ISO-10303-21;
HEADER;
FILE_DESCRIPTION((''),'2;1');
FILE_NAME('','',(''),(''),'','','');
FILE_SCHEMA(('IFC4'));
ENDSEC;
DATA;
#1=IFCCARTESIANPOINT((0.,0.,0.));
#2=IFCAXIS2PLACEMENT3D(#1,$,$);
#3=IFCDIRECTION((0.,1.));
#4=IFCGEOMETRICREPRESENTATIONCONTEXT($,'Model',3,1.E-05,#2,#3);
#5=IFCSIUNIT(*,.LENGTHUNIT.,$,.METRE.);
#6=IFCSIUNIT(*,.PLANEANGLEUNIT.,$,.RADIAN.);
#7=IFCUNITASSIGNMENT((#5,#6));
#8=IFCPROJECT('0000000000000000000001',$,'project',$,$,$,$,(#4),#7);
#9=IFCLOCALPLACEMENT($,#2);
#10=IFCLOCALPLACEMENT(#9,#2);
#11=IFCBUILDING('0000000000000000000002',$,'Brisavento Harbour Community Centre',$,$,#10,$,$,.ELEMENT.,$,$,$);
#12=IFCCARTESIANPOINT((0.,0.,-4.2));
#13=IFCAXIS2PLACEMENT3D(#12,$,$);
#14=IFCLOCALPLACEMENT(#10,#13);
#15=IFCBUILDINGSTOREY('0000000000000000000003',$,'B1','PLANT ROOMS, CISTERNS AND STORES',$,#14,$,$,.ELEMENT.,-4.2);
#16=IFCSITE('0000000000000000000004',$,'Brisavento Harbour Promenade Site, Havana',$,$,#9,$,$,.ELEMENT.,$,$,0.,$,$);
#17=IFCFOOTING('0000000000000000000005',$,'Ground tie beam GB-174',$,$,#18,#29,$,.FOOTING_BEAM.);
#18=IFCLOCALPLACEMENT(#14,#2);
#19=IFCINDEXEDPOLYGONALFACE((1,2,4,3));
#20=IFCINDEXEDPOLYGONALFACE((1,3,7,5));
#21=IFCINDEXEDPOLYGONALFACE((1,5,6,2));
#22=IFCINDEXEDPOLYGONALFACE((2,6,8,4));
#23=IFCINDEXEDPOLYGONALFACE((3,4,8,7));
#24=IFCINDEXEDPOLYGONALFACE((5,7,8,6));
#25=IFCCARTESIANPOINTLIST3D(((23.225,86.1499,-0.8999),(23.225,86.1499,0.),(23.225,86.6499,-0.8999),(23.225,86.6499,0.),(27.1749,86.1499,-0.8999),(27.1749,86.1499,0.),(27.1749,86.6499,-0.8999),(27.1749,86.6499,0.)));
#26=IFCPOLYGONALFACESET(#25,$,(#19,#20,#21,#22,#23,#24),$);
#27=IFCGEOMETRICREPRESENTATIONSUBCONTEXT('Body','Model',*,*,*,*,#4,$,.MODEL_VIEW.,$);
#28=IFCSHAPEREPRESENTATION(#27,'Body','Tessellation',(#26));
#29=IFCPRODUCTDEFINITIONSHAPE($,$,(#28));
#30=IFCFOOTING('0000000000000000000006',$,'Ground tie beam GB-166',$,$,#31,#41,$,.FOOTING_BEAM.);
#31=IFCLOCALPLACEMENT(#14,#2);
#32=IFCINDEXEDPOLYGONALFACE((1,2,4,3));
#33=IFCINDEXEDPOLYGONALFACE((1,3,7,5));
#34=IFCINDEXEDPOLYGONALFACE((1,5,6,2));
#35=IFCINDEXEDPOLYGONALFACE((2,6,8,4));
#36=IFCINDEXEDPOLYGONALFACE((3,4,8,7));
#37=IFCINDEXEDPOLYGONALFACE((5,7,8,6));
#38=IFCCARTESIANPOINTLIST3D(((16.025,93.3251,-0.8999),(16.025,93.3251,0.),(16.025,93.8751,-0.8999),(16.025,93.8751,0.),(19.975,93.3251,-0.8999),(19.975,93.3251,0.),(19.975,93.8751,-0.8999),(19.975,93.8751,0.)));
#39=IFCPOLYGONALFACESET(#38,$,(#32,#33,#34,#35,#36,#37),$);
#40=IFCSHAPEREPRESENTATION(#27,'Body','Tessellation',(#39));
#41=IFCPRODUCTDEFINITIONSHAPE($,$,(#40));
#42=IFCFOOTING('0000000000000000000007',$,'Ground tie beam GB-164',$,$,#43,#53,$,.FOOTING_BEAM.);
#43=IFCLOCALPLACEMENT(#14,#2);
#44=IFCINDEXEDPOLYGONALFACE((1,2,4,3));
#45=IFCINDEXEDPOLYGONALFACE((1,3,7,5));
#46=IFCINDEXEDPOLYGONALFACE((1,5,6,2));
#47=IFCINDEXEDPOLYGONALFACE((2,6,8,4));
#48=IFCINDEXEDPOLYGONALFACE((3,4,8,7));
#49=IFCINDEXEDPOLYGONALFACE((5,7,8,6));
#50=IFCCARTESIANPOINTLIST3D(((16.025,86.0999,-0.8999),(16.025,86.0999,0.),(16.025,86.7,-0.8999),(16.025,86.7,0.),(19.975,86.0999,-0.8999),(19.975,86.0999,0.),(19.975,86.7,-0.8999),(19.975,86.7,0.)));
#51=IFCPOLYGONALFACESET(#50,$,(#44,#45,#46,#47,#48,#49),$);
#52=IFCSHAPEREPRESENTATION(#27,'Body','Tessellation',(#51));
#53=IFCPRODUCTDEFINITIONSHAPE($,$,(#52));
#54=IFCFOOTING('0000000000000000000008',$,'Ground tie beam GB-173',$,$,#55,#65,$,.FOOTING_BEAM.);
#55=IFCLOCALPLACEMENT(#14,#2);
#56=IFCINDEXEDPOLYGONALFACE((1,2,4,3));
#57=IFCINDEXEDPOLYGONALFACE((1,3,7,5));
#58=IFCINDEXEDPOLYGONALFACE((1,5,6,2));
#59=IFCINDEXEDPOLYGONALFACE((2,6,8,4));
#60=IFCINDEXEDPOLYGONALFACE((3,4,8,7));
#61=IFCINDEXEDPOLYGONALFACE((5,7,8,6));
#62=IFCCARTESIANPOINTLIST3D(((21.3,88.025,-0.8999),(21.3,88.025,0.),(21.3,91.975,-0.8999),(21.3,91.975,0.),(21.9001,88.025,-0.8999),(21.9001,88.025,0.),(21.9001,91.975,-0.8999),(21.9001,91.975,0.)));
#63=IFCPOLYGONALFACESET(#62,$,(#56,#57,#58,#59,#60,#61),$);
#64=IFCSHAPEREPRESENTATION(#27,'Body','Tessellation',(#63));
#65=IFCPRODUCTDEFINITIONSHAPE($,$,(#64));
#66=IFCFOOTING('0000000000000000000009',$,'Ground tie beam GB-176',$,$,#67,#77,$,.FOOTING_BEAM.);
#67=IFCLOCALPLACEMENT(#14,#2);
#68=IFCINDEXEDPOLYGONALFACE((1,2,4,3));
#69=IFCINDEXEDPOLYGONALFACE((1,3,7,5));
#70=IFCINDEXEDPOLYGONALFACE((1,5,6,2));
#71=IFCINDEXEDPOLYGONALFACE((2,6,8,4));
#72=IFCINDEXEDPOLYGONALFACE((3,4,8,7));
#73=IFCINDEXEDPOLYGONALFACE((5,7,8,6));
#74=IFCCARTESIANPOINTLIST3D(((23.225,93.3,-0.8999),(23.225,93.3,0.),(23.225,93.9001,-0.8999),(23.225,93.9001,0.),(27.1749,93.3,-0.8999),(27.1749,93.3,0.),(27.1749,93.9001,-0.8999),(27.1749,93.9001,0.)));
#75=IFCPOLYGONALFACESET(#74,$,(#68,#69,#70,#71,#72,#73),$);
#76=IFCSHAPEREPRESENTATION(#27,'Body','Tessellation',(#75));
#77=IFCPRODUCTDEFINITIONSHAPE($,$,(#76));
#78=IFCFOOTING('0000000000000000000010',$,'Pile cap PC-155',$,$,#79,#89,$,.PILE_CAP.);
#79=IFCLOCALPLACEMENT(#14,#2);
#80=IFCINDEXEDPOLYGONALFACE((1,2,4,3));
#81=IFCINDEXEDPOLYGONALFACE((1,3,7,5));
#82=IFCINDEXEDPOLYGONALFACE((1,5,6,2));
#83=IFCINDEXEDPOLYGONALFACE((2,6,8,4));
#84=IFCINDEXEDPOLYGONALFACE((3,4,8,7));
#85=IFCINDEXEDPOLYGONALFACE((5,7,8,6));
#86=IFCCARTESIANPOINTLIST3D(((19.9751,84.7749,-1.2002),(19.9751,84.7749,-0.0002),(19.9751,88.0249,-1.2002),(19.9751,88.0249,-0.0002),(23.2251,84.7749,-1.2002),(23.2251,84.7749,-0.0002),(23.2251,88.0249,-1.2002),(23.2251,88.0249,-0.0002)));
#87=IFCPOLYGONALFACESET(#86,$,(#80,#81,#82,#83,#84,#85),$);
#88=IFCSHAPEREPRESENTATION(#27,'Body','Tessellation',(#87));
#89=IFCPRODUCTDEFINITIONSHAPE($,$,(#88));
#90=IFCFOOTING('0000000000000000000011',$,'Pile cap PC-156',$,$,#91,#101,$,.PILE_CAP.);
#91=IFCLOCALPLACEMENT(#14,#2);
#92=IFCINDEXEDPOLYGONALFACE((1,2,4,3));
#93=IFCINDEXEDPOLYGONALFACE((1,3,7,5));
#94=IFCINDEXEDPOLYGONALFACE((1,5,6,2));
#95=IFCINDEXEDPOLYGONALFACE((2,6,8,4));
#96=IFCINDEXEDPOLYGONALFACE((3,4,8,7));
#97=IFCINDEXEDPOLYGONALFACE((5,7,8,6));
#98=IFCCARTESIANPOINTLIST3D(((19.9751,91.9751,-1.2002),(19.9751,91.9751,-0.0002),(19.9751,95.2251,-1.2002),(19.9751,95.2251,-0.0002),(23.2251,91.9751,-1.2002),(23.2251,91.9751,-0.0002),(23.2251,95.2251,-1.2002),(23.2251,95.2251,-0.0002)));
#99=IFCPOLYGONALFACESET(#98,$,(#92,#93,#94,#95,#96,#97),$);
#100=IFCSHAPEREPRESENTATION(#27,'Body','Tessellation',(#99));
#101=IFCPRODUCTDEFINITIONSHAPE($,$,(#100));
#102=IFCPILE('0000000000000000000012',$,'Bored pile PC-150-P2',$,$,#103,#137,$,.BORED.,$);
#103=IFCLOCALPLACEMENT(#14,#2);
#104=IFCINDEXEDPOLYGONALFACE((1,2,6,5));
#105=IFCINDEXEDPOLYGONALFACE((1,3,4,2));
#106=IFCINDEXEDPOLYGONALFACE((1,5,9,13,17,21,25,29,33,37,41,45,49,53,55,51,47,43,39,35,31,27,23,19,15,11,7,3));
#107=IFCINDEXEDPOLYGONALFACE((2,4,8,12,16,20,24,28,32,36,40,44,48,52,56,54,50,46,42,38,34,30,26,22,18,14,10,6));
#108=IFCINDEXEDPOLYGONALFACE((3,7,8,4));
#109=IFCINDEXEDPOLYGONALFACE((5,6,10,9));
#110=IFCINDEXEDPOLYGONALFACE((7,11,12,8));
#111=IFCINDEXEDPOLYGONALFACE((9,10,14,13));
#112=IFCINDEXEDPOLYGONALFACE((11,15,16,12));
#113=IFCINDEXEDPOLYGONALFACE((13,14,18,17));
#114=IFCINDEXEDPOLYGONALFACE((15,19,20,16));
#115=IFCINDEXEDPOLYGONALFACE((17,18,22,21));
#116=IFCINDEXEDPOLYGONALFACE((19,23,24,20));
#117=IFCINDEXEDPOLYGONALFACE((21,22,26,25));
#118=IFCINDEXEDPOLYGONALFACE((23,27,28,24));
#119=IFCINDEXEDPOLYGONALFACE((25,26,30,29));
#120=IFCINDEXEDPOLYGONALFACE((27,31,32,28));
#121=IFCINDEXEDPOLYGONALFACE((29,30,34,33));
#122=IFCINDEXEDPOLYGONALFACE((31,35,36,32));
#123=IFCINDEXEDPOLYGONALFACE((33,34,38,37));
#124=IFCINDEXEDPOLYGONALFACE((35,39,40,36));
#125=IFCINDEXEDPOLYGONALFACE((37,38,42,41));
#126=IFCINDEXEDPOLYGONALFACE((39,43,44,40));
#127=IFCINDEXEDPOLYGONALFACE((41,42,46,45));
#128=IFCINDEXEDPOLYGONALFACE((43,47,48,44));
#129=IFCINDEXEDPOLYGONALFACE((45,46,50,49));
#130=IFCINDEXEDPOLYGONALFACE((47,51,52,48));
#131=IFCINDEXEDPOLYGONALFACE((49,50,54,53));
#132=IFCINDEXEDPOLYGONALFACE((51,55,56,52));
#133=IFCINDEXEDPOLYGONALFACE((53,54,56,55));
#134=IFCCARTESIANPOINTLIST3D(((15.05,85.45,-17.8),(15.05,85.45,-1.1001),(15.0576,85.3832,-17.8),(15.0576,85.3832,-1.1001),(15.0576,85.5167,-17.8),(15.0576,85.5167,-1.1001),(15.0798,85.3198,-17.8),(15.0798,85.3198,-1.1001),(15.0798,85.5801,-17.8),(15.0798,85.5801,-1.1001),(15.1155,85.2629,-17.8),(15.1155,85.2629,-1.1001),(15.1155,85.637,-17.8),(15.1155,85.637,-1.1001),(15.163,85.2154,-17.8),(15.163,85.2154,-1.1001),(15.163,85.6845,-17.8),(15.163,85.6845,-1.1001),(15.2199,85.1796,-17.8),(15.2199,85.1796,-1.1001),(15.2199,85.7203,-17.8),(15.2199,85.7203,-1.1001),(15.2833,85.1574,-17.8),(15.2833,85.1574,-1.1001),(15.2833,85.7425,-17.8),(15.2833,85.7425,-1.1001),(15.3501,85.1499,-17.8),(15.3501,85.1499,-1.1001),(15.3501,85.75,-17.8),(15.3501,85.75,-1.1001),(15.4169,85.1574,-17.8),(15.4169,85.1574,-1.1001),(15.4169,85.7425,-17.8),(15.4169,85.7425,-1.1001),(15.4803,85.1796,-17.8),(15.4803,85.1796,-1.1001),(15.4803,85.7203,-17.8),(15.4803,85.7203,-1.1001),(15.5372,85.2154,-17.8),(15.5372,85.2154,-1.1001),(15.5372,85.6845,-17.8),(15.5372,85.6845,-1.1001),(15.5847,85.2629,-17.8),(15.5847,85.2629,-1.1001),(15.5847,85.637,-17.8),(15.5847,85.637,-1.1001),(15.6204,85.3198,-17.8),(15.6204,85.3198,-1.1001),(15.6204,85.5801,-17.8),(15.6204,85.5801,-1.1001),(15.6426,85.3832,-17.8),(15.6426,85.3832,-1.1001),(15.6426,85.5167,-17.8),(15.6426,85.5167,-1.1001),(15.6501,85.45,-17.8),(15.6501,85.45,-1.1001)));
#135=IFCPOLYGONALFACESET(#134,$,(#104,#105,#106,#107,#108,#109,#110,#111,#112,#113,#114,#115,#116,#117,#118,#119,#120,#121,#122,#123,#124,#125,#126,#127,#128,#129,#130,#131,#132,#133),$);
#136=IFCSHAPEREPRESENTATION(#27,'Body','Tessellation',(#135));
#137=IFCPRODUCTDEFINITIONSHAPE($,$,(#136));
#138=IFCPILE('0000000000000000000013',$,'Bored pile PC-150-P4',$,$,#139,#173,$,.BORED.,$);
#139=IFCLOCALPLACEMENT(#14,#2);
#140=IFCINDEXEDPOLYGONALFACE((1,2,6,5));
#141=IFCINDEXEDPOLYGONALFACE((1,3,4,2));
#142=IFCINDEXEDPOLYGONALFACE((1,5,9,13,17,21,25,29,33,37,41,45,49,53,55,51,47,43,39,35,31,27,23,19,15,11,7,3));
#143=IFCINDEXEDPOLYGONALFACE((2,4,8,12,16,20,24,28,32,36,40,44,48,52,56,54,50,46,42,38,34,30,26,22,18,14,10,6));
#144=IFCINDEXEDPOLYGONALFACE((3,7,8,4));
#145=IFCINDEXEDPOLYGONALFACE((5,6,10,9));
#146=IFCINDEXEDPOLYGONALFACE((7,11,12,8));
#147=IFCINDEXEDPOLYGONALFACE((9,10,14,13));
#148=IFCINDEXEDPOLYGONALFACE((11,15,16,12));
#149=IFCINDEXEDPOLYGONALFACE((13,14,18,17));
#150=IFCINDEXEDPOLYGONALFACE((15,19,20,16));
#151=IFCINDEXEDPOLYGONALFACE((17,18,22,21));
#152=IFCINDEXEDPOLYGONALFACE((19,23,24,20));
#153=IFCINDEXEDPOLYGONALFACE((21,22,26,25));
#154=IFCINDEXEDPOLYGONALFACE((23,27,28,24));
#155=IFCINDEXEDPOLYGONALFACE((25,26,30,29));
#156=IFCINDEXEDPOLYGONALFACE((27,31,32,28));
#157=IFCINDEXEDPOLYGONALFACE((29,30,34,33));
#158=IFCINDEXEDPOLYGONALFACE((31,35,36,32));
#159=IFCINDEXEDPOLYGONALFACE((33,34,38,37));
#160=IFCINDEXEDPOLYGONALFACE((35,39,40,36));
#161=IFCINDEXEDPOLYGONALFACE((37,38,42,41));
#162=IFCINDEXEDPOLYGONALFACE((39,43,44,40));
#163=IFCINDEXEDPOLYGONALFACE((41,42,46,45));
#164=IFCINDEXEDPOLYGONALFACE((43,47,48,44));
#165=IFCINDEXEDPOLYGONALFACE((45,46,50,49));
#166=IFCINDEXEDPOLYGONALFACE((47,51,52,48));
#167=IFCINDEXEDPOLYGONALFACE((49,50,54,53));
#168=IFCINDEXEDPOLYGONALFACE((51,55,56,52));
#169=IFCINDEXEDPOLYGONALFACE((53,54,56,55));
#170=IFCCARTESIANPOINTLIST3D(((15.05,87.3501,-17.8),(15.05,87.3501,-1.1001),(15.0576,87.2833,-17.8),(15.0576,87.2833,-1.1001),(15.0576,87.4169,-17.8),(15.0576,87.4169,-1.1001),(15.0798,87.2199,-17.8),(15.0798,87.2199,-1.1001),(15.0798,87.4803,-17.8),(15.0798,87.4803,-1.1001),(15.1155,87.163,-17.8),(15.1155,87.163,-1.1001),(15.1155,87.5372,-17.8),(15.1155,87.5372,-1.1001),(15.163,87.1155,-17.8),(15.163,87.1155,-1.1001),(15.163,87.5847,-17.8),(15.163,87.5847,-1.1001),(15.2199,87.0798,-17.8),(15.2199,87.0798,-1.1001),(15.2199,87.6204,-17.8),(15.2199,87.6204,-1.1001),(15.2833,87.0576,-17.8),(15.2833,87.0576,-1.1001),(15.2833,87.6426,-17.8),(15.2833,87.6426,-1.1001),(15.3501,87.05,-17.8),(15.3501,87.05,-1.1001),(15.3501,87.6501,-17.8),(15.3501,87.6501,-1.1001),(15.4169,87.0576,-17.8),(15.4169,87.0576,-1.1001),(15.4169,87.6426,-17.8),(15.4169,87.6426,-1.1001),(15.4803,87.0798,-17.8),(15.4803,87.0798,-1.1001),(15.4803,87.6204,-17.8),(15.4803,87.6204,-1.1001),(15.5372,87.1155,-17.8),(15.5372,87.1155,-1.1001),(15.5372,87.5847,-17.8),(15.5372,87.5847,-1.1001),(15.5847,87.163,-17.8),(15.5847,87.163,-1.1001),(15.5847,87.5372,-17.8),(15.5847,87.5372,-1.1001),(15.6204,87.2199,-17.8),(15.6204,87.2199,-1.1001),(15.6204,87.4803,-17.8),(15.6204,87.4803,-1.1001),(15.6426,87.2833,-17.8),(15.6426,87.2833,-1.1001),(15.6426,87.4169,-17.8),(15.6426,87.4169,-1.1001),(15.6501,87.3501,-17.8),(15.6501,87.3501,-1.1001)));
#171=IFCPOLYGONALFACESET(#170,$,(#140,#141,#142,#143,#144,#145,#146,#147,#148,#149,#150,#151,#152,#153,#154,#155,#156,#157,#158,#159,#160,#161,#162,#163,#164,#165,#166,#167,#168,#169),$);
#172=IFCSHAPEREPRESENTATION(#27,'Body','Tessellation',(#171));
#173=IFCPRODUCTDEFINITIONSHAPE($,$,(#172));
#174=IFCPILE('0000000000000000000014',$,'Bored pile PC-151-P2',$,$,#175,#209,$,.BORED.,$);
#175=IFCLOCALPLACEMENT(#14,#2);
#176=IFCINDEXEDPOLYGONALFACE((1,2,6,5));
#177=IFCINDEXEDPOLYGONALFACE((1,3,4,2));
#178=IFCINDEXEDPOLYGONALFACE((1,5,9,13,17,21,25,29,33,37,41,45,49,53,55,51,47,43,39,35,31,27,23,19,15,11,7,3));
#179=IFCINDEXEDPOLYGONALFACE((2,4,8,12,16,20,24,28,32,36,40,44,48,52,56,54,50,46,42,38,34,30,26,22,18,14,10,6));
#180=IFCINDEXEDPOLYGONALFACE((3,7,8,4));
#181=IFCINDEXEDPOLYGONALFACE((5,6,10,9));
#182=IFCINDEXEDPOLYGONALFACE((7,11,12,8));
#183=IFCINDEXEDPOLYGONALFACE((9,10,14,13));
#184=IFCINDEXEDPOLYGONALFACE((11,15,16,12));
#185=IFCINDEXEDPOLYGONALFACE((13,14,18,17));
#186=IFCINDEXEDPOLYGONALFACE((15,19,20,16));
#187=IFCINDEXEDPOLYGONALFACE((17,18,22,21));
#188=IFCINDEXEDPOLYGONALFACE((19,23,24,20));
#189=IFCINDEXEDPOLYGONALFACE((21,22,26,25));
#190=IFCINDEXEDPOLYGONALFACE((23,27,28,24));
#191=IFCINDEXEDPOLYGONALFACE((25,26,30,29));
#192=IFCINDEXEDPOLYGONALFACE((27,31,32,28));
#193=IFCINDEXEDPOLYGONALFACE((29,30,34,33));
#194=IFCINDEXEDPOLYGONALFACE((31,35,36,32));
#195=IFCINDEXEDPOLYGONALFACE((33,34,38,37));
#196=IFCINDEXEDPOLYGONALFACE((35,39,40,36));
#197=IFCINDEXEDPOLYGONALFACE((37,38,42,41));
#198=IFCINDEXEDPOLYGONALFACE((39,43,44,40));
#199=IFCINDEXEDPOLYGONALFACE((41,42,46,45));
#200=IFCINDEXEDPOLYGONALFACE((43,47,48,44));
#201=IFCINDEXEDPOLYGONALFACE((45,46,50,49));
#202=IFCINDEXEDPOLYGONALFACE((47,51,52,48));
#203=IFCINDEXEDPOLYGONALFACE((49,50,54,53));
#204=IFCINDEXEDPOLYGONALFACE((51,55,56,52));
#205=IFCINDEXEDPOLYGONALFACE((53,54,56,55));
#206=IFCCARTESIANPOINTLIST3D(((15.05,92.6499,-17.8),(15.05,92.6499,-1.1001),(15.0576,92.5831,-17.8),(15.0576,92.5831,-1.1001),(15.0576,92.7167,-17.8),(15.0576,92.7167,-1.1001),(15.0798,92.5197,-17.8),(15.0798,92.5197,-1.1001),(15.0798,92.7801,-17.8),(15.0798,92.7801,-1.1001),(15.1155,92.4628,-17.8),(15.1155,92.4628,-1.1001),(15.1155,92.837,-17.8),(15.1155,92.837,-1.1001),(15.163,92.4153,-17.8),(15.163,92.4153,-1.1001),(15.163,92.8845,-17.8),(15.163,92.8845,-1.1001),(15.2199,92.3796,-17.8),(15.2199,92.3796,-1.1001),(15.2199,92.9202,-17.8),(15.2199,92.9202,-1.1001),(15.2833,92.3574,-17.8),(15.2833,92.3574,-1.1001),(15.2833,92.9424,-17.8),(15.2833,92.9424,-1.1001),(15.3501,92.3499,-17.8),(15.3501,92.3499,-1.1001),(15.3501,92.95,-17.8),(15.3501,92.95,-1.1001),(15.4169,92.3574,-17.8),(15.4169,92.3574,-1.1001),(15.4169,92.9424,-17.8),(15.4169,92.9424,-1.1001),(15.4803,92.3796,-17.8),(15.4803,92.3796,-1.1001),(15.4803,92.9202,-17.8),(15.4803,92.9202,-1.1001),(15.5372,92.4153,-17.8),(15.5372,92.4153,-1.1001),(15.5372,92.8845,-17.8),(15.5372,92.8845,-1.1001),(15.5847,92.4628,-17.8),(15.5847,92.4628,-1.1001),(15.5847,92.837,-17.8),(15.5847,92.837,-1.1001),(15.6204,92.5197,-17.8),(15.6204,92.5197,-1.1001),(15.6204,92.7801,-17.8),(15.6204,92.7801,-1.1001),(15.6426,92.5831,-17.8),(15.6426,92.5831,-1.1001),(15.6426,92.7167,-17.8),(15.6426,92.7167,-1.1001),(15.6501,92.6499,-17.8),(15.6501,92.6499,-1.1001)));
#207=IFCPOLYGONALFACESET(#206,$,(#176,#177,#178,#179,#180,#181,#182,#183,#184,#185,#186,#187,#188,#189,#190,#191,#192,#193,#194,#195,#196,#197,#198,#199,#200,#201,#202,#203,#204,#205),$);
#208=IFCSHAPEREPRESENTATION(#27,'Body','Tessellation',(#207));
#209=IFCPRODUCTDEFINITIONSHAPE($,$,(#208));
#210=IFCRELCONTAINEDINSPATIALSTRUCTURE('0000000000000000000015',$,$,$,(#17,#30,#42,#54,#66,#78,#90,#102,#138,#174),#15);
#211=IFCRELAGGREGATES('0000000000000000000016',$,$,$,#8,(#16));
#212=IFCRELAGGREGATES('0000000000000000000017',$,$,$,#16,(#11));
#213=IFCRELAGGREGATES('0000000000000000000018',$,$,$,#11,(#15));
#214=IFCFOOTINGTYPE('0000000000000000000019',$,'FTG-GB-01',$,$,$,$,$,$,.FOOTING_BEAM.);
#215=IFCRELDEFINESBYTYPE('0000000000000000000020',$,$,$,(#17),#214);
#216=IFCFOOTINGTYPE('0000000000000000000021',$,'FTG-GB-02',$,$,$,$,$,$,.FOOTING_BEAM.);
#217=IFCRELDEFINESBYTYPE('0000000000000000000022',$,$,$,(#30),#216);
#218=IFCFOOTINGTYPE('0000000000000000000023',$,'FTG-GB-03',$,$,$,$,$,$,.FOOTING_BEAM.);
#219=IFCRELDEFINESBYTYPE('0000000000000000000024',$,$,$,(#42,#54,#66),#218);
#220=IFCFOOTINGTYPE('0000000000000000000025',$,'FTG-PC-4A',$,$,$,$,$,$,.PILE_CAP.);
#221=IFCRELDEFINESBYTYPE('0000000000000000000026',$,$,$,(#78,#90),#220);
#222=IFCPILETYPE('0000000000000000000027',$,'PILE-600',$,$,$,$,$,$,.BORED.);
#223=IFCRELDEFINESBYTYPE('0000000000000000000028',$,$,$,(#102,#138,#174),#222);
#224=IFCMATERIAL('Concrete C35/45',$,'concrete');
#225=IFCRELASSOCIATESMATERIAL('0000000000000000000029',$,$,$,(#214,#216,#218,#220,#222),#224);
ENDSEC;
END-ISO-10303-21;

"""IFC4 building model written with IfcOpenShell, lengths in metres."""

from ifc_helpers import new_model, si_unit, direction, frame, origin, origin_2d, place, context, subcontext, project, spatial, rectangle, circle, extrude, material, material_profile, profile_set, type_object, element, save


model = new_model("IFC4")

# Units and contexts
model_context = context("Model", 3, precision=1e-05, world=origin(), true_north=direction((0.0, 1.0)))
body_context = subcontext(model_context, "Body", "Model", "MODEL_VIEW")
ifc_project = project(units=[si_unit("LENGTHUNIT", "METRE"), si_unit("PLANEANGLEUNIT", "RADIAN")], contexts=[model_context])

# Site, building, storey
site_placement = place(None, origin())
site = spatial("IfcSite", under=ifc_project, at=site_placement, Name="Brisavento Harbour Promenade Site, Havana", CompositionType="ELEMENT", RefElevation=0.0)
building_placement = place(site_placement, origin())
building = spatial("IfcBuilding", under=site, at=building_placement, Name="Brisavento Harbour Community Centre", CompositionType="ELEMENT")
storey_placement = place(building_placement, frame((0.0, 0.0, -4.2)))
storey = spatial("IfcBuildingStorey", under=building, at=storey_placement, Name="B1", Description="PLANT ROOMS, CISTERNS AND STORES", CompositionType="ELEMENT", Elevation=-4.2)

# Footings
ifc_material = material(Name="Concrete C35/45", Category="concrete")
footing_type_1 = type_object("IfcFootingType", Name="FTG-GB-01", PredefinedType="FOOTING_BEAM", material=ifc_material)
footing_1_placement = place(storey_placement, frame((25.2, 86.3999, -0.8999), z_axis=(0.0, 0.0, 1.0), x_axis=(1.0, 0.0, 0.0)))
element("IfcFooting", 1, at=footing_1_placement, inside=storey, type_object=footing_type_1, Name="Ground tie beam GB-174", PredefinedType="FOOTING_BEAM", context=body_context, shape_type="SweptSolid", body=[
    extrude(rectangle(XDim=3.95, YDim=0.5, at=origin_2d()), origin(), (0.0, 0.0, 1.0), 0.8999),
])
footing_type_2 = type_object("IfcFootingType", Name="FTG-GB-02", PredefinedType="FOOTING_BEAM", material=ifc_material)
footing_2_placement = place(storey_placement, frame((18.0, 93.6001, -0.8999), z_axis=(0.0, 0.0, 1.0), x_axis=(1.0, 0.0, 0.0)))
element("IfcFooting", 2, at=footing_2_placement, inside=storey, type_object=footing_type_2, Name="Ground tie beam GB-166", PredefinedType="FOOTING_BEAM", context=body_context, shape_type="SweptSolid", body=[
    extrude(rectangle(XDim=3.95, YDim=0.55, at=origin_2d()), origin(), (0.0, 0.0, 1.0), 0.8999),
])
footing_type_3 = type_object("IfcFootingType", Name="FTG-GB-03", PredefinedType="FOOTING_BEAM", material=ifc_material)
footing_3_placement = place(storey_placement, frame((18.0, 86.3999, -0.8999), z_axis=(0.0, 0.0, 1.0), x_axis=(1.0, 0.0, 0.0)))
element("IfcFooting", 3, at=footing_3_placement, inside=storey, type_object=footing_type_3, Name="Ground tie beam GB-164", PredefinedType="FOOTING_BEAM", context=body_context, shape_type="SweptSolid", body=[
    extrude(rectangle(XDim=3.95, YDim=0.6001, at=origin_2d()), origin(), (0.0, 0.0, 1.0), 0.8999),
])
footing_4_placement = place(storey_placement, frame((21.6001, 90.0, -0.8999), z_axis=(0.0, 0.0, 1.0), x_axis=(1.0, 0.0, 0.0)))
element("IfcFooting", 4, at=footing_4_placement, inside=storey, type_object=footing_type_3, Name="Ground tie beam GB-173", PredefinedType="FOOTING_BEAM", context=body_context, shape_type="SweptSolid", body=[
    extrude(rectangle(XDim=0.6001, YDim=3.95, at=origin_2d()), origin(), (0.0, 0.0, 1.0), 0.8999),
])
footing_5_placement = place(storey_placement, frame((25.2, 93.6001, -0.8999), z_axis=(0.0, 0.0, 1.0), x_axis=(1.0, 0.0, 0.0)))
element("IfcFooting", 5, at=footing_5_placement, inside=storey, type_object=footing_type_3, Name="Ground tie beam GB-176", PredefinedType="FOOTING_BEAM", context=body_context, shape_type="SweptSolid", body=[
    extrude(rectangle(XDim=3.95, YDim=0.6001, at=origin_2d()), origin(), (0.0, 0.0, 1.0), 0.8999),
])
footing_type_4 = type_object("IfcFootingType", Name="FTG-PC-4A", PredefinedType="PILE_CAP", material=ifc_material)
for number, where, z_axis, x_axis, name in (
    (6, (21.6001, 86.3999, -1.2002), (0.0, 0.0, 1.0), (1.0, 0.0, 0.0), "Pile cap PC-155"),
    (7, (21.6001, 93.6001, -1.2002), (0.0, 0.0, 1.0), (1.0, 0.0, 0.0), "Pile cap PC-156"),
):
    element("IfcFooting", number, at=place(storey_placement, frame(where, z_axis=z_axis, x_axis=x_axis)), inside=storey, type_object=footing_type_4, Name=name, PredefinedType="PILE_CAP", context=body_context, shape_type="SweptSolid", body=[
        extrude(rectangle(XDim=3.25, YDim=3.25, at=origin_2d()), origin(), (0.0, 0.0, 1.0), 1.2),
    ])

# Piles
ifc_material_profile_1 = material_profile(ifc_material, circle(Radius=0.3, at=origin_2d()), Name="Concrete C35/45")
ifc_profile_set_1 = profile_set([ifc_material_profile_1], Name="Concrete C35/45")
pile_type = type_object("IfcPileType", Name="PILE-600", PredefinedType="BORED", material=ifc_profile_set_1)
for number, where, z_axis, x_axis, name in (
    (8, (15.3501, 85.45, -1.1001), (0.0, 0.0, -1.0), (1.0, 0.0, 0.0), "Bored pile PC-150-P2"),
    (9, (15.3501, 87.3501, -1.1001), (0.0, 0.0, -1.0), (1.0, 0.0, 0.0), "Bored pile PC-150-P4"),
    (10, (15.3501, 92.6499, -1.1001), (0.0, 0.0, -1.0), (1.0, 0.0, 0.0), "Bored pile PC-151-P2"),
):
    element("IfcPile", number, at=place(storey_placement, frame(where, z_axis=z_axis, x_axis=x_axis)), inside=storey, type_object=pile_type, Name=name, PredefinedType="BORED", context=body_context, shape_type="SweptSolid", body=[
        extrude(circle(Radius=0.3, at=origin_2d()), origin(), (0.0, 0.0, 1.0), 16.7),
    ])

save(model, "model.ifc")
